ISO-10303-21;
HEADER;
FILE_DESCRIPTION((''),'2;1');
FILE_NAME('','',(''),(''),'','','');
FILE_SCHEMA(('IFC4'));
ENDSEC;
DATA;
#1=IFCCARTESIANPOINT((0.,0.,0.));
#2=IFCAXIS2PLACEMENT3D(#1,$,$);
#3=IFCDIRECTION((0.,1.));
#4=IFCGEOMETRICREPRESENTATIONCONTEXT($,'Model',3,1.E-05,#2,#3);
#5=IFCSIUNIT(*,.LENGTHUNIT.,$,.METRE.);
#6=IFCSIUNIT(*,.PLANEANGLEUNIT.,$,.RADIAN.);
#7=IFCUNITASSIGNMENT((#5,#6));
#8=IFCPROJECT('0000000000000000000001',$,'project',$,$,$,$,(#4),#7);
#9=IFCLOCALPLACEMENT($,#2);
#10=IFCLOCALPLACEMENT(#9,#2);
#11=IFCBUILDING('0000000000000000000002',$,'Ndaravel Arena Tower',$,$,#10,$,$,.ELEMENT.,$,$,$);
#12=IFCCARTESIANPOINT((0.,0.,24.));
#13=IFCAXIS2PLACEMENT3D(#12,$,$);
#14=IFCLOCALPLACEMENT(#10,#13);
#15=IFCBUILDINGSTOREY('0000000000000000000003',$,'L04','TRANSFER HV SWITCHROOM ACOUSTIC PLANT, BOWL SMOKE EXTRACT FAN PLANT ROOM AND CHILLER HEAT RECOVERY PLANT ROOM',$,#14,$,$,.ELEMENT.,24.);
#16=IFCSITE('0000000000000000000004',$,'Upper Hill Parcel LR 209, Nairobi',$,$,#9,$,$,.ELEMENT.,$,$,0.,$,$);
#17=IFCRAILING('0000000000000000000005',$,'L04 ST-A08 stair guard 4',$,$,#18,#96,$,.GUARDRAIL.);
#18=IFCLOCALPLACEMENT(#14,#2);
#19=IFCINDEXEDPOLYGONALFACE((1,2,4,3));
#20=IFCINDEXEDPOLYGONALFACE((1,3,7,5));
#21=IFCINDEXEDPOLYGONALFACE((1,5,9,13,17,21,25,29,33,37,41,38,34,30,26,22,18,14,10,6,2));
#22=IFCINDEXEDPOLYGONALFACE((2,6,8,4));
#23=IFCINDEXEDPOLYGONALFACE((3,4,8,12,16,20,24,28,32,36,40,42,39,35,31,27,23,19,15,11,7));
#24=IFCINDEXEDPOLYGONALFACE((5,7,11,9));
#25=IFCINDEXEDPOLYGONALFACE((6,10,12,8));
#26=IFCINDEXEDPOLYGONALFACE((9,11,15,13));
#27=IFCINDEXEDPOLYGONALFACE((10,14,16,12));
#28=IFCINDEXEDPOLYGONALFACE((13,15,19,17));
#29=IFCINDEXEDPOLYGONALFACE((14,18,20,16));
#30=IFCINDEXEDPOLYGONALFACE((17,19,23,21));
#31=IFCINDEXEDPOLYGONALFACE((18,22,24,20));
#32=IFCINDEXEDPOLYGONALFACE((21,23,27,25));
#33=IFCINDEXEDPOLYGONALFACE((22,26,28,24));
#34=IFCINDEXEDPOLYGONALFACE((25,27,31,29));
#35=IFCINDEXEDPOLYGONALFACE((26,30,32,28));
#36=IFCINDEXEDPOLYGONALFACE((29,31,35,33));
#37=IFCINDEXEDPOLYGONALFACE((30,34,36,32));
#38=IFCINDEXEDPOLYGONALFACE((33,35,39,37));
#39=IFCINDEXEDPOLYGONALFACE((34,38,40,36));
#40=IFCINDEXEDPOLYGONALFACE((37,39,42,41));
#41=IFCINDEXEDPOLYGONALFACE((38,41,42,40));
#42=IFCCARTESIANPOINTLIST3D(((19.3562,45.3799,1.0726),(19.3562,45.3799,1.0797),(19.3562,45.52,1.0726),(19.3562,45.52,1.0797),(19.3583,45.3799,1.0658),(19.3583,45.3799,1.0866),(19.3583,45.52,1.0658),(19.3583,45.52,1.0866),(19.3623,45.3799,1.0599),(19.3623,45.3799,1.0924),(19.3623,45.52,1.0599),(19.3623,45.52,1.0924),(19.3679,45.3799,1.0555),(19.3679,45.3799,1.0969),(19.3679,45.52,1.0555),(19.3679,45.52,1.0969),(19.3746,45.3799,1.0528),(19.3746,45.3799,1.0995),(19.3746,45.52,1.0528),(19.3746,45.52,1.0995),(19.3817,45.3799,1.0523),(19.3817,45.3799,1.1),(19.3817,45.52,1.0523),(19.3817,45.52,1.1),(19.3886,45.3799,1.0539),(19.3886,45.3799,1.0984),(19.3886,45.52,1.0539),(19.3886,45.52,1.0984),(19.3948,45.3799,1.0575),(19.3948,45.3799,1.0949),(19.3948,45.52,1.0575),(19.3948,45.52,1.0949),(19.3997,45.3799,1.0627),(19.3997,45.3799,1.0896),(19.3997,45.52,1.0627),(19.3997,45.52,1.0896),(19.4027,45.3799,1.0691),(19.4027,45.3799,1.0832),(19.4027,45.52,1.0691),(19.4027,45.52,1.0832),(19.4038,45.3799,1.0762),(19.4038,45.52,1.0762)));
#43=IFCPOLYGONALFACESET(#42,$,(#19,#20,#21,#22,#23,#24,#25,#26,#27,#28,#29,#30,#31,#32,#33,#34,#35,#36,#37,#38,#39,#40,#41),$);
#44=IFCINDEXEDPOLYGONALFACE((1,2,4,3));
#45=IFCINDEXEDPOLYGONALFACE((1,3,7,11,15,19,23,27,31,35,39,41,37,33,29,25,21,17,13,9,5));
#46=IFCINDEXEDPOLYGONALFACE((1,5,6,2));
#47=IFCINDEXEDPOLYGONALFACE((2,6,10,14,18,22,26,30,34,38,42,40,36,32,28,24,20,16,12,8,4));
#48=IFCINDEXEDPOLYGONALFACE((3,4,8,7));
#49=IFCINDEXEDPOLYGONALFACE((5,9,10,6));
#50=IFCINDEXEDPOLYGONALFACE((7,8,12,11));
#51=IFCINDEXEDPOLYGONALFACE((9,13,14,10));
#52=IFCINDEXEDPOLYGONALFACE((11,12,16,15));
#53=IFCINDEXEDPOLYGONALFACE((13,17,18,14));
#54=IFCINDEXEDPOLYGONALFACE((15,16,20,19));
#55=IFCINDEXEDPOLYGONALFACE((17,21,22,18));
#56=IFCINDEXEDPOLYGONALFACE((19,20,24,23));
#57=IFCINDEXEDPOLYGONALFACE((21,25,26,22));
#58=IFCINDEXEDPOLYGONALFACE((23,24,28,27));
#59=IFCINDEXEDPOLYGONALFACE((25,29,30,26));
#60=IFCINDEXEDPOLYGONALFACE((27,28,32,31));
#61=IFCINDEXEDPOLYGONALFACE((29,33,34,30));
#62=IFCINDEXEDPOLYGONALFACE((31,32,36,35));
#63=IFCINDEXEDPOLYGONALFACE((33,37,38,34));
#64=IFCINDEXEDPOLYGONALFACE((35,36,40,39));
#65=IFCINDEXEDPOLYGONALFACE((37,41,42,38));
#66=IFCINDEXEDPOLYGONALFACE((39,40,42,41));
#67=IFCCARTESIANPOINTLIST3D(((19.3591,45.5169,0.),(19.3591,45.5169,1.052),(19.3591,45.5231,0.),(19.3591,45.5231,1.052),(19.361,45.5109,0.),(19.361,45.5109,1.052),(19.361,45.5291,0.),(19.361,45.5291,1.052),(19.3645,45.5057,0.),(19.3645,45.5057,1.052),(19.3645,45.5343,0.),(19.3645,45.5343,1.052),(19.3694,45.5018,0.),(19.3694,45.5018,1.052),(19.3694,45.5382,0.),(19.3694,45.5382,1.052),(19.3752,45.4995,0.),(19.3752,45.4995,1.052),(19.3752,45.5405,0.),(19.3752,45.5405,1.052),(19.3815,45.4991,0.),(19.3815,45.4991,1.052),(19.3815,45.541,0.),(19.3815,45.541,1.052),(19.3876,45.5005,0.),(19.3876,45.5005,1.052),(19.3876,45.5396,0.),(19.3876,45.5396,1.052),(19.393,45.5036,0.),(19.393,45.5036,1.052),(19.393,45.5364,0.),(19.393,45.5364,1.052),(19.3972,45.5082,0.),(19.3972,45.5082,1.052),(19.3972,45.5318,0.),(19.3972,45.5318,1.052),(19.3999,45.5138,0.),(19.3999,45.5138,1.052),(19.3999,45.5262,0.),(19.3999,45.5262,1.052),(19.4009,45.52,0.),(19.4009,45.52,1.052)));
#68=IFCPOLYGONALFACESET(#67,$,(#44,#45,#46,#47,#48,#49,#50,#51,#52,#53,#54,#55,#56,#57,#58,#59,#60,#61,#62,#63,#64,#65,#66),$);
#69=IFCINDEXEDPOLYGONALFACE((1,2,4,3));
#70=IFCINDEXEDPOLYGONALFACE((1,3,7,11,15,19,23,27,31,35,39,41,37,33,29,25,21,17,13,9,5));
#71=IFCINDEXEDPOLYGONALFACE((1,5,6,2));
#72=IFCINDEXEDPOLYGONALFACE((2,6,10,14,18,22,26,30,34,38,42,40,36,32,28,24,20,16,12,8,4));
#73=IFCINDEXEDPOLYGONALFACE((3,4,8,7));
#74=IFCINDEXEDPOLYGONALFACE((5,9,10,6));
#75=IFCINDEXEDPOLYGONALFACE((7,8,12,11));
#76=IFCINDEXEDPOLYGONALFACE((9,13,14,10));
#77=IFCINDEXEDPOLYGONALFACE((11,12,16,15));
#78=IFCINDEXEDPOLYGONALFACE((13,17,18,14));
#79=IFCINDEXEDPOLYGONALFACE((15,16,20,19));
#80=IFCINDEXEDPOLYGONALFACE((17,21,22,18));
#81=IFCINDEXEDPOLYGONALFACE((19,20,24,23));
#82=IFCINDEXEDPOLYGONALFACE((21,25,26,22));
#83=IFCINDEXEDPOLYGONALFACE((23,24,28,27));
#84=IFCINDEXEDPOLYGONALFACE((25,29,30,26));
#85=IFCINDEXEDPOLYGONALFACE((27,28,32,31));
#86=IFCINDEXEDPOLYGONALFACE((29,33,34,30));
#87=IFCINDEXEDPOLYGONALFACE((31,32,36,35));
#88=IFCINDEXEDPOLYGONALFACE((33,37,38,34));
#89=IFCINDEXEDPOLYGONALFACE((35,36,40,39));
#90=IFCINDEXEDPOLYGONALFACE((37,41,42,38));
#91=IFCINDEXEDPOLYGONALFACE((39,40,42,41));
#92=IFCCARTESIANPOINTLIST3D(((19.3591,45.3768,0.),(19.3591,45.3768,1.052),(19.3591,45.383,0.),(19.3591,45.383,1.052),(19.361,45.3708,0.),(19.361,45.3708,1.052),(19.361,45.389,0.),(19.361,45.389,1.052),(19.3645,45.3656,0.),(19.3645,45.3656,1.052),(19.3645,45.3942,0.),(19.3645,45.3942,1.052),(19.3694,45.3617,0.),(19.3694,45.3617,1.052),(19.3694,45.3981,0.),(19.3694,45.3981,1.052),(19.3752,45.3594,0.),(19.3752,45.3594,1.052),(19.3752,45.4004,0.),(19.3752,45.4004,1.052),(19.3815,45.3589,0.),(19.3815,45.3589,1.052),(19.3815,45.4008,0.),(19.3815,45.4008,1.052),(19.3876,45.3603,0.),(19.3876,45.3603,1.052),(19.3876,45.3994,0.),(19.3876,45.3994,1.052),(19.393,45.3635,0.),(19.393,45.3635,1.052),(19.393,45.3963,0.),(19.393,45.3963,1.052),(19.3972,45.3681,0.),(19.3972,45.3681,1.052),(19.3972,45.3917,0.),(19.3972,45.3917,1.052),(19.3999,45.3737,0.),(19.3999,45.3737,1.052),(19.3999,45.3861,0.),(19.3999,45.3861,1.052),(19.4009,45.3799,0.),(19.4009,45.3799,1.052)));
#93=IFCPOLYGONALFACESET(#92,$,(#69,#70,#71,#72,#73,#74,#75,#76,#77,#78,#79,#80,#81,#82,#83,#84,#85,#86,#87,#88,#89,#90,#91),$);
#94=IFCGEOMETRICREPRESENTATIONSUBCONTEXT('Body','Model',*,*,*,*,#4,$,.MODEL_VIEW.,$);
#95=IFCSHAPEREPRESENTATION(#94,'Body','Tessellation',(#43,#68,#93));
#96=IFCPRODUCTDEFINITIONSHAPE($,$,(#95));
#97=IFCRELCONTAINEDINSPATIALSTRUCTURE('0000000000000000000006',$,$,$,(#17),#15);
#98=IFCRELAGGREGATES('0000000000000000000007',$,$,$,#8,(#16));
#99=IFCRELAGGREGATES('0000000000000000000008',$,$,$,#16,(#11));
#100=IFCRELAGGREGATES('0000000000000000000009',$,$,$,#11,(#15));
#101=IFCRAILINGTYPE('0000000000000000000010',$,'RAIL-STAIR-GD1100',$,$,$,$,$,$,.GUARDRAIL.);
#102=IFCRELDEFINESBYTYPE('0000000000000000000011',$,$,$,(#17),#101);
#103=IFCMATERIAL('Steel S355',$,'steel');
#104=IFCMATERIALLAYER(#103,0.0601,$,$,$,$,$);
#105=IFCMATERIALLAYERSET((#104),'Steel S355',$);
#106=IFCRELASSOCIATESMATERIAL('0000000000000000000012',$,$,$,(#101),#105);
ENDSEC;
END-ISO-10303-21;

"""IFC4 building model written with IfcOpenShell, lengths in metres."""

from ifc_helpers import new_model, si_unit, direction, frame, origin, origin_2d, place, context, subcontext, project, spatial, circle, extrude, material, layer, layer_set, type_object, element, save


model = new_model("IFC4")

# Units and contexts
model_context = context("Model", 3, precision=1e-05, world=origin(), true_north=direction((0.0, 1.0)))
body_context = subcontext(model_context, "Body", "Model", "MODEL_VIEW")
ifc_project = project(units=[si_unit("LENGTHUNIT", "METRE"), si_unit("PLANEANGLEUNIT", "RADIAN")], contexts=[model_context])

# Site, building, storey
site_placement = place(None, origin())
site = spatial("IfcSite", under=ifc_project, at=site_placement, Name="Upper Hill Parcel LR 209, Nairobi", CompositionType="ELEMENT", RefElevation=0.0)
building_placement = place(site_placement, origin())
building = spatial("IfcBuilding", under=site, at=building_placement, Name="Ndaravel Arena Tower", CompositionType="ELEMENT")
storey_placement = place(building_placement, frame((0.0, 0.0, 24.0)))
storey = spatial("IfcBuildingStorey", under=building, at=storey_placement, Name="L04", Description="TRANSFER HV SWITCHROOM ACOUSTIC PLANT, BOWL SMOKE EXTRACT FAN PLANT ROOM AND CHILLER HEAT RECOVERY PLANT ROOM", CompositionType="ELEMENT", Elevation=24.0)

# Railing
ifc_material_1 = material(Name="Steel S355", Category="steel")
ifc_layer_1 = layer(ifc_material_1, 0.0601)
ifc_layer_set_1 = layer_set([ifc_layer_1], Name="Steel S355")
railing_type_1 = type_object("IfcRailingType", Name="RAIL-STAIR-GD1100", PredefinedType="GUARDRAIL", material=ifc_layer_set_1)
railing_1_placement = place(storey_placement, frame((19.3799, 45.52, 0.0)))
element("IfcRailing", 1, at=railing_1_placement, inside=storey, type_object=railing_type_1, Name="L04 ST-A08 stair guard 4", PredefinedType="GUARDRAIL", context=body_context, shape_type="SweptSolid", body=[
    extrude(circle(Radius=0.0239, at=origin_2d()), frame((0.0, 0.0, 1.0762), z_axis=(0.0, -1.0, 0.0), x_axis=(1.0, 0.0, 0.0)), (0.0, 0.0, 1.0), 0.1401),
    extrude(circle(Radius=0.021, at=origin_2d()), origin(), (0.0, 0.0, 1.0), 1.052),
    extrude(circle(Radius=0.021, at=origin_2d()), frame((0.0, -0.1401, 0.0)), (0.0, 0.0, 1.0), 1.052),
])

save(model, "model.ifc")
